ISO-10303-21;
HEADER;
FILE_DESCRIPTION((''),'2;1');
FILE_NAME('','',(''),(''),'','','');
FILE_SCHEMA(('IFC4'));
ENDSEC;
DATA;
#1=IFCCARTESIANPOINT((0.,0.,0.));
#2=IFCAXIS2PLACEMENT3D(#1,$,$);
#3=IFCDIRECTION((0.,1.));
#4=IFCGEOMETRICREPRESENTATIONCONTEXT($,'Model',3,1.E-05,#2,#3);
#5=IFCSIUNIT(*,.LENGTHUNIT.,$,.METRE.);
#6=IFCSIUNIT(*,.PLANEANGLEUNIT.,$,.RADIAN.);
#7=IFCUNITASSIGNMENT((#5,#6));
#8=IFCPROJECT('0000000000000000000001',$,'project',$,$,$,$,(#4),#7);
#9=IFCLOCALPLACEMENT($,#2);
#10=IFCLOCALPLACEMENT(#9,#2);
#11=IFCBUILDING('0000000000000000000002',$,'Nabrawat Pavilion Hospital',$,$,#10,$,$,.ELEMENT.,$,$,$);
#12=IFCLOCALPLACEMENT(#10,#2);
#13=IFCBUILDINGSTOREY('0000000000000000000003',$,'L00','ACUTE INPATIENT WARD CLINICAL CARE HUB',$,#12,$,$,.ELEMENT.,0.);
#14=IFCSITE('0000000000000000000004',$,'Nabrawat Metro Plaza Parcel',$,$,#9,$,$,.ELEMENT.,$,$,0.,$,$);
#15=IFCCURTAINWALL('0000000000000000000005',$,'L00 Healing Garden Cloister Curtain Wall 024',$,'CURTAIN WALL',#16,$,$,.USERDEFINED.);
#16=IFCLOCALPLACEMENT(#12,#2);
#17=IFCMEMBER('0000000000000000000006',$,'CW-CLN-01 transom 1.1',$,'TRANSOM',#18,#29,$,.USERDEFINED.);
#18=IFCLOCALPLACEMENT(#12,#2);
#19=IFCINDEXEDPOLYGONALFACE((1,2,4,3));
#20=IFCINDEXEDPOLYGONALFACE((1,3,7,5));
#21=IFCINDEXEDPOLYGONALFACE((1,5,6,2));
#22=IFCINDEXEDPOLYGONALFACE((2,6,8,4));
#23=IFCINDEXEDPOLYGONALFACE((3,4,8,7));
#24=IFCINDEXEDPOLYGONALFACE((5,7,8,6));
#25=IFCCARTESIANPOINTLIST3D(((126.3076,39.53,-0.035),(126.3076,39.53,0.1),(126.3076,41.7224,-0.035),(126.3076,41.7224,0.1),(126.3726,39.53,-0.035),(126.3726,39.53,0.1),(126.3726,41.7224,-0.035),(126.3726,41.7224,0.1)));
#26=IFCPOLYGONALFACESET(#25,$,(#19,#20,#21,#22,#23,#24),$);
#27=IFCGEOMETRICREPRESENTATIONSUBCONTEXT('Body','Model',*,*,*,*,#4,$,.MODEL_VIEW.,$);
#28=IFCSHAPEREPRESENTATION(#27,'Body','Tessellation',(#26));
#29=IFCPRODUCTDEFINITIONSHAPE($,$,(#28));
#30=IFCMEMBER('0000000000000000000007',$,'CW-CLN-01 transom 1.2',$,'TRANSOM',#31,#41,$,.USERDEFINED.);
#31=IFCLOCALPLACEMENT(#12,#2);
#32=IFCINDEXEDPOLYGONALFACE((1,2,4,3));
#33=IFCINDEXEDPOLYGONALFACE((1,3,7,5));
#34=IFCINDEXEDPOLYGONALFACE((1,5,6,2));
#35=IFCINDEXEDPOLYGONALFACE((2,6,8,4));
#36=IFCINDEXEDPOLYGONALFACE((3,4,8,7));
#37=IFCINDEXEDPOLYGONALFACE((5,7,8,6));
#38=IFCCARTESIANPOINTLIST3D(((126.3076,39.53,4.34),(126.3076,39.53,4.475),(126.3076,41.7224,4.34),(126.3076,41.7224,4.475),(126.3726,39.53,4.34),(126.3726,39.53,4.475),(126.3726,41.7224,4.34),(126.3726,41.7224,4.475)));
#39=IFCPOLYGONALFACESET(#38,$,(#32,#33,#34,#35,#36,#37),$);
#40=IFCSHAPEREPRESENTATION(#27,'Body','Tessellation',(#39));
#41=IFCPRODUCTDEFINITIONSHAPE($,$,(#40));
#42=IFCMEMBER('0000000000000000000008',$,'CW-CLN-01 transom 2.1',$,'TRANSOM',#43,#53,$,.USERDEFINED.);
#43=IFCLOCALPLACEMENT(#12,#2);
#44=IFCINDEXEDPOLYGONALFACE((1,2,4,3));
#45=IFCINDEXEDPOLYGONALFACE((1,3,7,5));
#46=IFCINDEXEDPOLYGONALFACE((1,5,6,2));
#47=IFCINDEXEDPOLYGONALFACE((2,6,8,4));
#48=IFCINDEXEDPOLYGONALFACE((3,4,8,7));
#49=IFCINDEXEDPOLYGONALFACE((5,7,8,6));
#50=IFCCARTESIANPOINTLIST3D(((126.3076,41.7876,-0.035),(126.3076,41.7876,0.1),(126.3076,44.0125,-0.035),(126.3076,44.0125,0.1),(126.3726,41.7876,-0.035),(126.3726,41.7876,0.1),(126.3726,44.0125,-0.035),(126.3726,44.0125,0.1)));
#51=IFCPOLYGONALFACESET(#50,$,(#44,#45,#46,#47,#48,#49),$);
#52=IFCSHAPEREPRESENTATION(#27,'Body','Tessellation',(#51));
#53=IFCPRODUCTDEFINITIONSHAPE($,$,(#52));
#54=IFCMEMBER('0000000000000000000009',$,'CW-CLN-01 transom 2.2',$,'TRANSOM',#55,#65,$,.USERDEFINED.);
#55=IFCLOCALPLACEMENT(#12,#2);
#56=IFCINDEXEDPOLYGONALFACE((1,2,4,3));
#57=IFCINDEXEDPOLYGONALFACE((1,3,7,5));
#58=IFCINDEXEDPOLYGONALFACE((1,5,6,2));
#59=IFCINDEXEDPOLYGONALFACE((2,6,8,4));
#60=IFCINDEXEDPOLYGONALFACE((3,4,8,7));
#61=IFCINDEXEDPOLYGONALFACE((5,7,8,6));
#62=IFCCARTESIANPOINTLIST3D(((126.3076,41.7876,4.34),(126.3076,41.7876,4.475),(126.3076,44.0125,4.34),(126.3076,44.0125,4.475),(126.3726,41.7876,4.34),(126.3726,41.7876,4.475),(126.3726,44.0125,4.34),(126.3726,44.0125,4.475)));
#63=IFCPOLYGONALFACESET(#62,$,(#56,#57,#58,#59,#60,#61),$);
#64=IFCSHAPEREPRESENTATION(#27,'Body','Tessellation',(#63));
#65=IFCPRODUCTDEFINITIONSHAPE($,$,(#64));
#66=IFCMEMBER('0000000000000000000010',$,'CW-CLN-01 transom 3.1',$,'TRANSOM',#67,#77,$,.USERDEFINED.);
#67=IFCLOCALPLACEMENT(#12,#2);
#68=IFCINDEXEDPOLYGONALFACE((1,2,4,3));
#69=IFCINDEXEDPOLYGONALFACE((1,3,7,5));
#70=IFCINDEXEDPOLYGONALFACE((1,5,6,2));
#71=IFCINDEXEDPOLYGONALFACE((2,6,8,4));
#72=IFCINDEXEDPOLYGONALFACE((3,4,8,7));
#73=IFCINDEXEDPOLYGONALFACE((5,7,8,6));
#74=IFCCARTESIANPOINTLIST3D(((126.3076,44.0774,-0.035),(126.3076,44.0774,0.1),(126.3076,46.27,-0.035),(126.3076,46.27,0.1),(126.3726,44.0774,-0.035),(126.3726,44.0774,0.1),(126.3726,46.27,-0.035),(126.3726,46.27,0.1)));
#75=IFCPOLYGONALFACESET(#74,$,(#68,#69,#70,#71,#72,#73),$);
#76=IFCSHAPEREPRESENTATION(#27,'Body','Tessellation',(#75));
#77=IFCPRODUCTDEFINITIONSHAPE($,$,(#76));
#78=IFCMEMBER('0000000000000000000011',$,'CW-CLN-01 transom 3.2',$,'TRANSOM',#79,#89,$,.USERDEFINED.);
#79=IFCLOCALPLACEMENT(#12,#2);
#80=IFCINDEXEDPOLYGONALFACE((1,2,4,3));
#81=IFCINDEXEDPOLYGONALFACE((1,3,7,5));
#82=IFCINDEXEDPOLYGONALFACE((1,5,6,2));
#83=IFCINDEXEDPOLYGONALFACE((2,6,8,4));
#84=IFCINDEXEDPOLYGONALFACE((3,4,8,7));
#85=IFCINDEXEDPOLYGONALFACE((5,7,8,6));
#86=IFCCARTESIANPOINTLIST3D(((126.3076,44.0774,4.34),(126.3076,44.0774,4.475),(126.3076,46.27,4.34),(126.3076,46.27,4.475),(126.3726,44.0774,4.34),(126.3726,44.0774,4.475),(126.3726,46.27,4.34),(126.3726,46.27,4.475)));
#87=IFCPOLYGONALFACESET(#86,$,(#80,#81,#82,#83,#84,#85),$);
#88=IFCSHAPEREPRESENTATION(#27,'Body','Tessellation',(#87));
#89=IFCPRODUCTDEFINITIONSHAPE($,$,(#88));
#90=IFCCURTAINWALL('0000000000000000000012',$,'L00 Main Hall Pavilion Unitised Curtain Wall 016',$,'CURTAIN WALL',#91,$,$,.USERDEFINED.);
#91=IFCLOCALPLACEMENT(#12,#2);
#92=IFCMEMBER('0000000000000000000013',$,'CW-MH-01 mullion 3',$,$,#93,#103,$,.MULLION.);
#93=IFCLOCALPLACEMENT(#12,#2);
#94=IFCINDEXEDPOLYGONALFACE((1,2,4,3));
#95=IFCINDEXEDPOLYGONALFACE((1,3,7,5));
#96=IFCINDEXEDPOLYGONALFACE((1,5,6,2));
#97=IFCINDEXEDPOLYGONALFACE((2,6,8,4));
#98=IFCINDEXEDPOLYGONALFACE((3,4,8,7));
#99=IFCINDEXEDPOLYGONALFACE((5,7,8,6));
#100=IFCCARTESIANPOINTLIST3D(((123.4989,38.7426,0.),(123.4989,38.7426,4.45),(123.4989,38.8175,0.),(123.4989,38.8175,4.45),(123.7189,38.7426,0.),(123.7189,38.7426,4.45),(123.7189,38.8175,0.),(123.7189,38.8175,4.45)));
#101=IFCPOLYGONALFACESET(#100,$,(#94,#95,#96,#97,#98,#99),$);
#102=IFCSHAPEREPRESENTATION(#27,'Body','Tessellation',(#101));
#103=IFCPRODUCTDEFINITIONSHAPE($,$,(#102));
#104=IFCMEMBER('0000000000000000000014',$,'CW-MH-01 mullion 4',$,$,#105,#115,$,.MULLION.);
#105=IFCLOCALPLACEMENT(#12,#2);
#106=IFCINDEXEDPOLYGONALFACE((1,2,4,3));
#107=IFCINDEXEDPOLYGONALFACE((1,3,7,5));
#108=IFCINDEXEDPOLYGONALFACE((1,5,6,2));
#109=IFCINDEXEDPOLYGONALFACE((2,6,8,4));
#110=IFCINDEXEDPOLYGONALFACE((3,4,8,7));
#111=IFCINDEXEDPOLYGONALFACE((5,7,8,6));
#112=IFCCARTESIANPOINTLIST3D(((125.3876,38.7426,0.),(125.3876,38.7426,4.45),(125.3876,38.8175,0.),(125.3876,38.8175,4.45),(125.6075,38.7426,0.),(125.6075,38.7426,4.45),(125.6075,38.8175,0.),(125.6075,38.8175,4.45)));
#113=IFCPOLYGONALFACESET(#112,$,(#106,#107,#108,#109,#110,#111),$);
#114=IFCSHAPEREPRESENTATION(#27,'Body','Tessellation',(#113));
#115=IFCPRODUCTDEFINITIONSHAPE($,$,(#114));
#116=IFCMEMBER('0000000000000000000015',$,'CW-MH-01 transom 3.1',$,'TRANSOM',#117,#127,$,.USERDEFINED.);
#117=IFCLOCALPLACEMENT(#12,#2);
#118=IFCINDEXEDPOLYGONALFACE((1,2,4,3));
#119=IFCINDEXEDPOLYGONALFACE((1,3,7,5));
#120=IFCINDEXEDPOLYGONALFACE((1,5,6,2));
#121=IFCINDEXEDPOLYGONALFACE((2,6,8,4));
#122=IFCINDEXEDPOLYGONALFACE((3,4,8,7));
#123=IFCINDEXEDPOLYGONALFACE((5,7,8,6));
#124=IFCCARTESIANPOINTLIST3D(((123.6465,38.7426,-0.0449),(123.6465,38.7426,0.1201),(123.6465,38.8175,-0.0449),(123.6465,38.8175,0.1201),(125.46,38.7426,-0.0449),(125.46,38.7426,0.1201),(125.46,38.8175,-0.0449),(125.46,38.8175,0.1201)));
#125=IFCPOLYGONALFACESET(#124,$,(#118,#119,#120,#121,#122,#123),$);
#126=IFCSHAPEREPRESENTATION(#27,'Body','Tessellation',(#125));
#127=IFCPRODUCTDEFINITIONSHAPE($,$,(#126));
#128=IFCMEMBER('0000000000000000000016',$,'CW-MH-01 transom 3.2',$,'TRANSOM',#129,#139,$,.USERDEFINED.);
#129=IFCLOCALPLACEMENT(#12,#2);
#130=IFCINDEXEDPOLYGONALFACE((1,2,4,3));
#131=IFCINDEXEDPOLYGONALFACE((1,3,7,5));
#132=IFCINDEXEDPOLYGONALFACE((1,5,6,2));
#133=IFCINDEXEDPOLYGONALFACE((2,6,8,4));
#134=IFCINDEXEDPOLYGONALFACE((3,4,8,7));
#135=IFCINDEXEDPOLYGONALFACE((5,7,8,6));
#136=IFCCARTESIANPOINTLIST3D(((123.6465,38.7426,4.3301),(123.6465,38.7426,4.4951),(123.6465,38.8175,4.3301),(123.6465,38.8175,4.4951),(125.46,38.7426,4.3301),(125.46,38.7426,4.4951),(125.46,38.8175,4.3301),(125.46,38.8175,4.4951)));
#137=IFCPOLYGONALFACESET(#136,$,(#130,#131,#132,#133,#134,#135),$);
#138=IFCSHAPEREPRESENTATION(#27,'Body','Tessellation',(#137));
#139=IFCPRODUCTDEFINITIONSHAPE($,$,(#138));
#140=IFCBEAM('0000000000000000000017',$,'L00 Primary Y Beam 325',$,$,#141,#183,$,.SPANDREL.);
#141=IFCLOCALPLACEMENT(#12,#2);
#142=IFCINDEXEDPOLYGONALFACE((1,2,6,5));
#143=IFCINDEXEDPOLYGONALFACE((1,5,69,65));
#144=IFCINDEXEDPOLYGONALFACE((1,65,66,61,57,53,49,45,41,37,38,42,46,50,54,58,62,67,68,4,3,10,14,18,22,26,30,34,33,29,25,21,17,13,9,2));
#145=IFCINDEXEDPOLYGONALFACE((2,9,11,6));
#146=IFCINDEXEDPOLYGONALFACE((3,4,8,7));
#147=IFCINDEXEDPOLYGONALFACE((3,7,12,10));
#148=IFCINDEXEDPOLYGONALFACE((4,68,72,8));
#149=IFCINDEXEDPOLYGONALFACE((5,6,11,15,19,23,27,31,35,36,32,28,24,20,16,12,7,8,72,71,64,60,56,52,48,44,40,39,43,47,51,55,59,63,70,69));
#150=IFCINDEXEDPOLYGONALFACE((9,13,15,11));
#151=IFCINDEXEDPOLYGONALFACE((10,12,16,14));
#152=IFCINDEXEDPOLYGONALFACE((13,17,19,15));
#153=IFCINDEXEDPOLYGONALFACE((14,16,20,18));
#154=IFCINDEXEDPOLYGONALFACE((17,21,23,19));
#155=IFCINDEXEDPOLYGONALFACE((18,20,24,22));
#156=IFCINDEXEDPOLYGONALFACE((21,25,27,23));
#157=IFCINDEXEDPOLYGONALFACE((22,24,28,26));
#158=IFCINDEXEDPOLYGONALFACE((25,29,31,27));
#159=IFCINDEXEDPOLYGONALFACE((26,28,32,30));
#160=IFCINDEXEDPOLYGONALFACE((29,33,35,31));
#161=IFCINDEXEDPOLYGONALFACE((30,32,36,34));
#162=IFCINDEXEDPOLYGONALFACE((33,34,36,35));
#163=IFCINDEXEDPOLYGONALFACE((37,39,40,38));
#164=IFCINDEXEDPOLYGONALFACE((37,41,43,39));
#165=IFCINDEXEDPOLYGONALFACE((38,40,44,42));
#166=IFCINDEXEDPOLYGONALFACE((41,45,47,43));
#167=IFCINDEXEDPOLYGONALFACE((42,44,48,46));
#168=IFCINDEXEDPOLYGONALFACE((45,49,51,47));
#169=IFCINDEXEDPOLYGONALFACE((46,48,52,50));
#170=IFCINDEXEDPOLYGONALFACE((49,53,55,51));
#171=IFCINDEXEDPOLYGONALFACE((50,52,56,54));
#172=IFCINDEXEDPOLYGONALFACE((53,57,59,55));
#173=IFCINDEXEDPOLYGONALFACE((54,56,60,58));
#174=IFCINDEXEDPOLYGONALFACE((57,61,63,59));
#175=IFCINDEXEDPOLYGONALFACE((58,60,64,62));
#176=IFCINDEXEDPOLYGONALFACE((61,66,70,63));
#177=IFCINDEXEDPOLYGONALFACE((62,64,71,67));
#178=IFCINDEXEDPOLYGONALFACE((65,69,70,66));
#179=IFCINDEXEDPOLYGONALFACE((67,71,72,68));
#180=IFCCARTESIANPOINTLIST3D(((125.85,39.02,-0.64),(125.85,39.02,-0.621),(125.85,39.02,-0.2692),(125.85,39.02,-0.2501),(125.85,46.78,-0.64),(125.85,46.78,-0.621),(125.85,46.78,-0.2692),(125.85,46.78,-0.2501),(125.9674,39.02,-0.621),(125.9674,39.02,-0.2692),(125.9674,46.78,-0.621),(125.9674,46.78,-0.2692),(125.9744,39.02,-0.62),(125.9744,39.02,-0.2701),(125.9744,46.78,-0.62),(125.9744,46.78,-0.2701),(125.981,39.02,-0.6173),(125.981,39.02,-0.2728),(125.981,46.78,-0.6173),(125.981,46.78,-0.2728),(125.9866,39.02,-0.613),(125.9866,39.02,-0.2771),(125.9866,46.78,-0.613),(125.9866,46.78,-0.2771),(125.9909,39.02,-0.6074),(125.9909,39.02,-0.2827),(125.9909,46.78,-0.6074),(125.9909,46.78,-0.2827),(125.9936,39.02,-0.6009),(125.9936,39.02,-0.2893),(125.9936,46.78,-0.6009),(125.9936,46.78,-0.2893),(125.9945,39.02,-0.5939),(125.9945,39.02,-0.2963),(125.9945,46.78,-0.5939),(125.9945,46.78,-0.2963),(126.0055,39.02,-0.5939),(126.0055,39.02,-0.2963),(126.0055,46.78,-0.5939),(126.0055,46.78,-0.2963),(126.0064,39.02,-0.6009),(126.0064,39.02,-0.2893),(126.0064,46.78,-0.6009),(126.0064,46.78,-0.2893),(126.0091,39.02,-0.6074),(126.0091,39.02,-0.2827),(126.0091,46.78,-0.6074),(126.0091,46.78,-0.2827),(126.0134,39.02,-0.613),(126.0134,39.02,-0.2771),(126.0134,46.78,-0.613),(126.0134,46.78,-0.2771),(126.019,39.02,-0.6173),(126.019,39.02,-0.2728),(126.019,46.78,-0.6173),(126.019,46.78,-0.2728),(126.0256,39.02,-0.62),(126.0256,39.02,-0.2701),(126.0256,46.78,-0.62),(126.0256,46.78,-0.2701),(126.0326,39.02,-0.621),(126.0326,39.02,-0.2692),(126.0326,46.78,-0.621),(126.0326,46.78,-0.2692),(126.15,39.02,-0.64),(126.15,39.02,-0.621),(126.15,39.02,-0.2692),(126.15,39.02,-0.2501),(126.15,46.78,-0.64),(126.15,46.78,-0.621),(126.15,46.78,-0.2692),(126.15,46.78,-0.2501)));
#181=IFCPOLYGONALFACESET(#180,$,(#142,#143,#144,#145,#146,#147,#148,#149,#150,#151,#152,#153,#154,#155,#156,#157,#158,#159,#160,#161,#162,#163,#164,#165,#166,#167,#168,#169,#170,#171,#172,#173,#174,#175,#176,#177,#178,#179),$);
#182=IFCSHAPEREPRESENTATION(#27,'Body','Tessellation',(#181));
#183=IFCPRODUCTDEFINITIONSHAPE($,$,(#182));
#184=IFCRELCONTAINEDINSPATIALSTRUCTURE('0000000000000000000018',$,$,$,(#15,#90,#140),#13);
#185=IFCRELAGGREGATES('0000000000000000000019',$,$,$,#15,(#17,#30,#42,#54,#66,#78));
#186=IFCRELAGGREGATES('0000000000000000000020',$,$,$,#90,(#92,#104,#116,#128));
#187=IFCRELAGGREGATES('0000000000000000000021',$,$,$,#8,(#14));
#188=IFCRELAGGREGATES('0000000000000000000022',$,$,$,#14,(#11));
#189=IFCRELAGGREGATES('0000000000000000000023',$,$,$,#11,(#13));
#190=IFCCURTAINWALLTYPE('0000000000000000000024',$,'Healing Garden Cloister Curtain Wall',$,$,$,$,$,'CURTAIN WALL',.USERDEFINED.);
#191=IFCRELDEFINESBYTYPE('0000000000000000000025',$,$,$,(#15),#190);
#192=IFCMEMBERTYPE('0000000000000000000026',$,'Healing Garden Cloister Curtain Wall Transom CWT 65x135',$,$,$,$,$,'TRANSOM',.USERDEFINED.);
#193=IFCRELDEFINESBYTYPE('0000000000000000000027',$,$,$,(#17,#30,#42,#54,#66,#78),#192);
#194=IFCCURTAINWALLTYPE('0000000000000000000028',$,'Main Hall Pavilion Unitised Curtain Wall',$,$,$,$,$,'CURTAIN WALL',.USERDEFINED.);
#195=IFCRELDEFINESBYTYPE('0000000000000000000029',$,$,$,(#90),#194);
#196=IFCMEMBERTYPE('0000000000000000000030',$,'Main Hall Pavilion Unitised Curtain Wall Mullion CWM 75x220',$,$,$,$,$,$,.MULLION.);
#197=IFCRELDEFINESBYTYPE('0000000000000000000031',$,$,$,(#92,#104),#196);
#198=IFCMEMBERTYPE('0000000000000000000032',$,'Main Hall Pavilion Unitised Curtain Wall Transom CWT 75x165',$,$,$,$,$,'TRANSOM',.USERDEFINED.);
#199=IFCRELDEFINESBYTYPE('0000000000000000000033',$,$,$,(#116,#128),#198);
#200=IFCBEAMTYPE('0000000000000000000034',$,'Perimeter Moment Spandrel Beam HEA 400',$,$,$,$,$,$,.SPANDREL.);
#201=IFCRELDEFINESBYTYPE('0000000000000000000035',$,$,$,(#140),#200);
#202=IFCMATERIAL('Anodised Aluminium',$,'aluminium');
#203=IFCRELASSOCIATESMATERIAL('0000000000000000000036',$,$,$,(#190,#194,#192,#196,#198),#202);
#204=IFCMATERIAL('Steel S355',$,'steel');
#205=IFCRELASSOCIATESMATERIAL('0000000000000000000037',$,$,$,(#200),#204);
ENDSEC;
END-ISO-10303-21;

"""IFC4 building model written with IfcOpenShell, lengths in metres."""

from ifc_helpers import new_model, si_unit, direction, frame, origin, origin_2d, place, context, subcontext, project, spatial, rectangle, i_section, extrude, material, material_profile, profile_set, type_object, element, aggregate, save


model = new_model("IFC4")

# Units and contexts
model_context = context("Model", 3, precision=1e-05, world=origin(), true_north=direction((0.0, 1.0)))
body_context = subcontext(model_context, "Body", "Model", "MODEL_VIEW")
ifc_project = project(units=[si_unit("LENGTHUNIT", "METRE"), si_unit("PLANEANGLEUNIT", "RADIAN")], contexts=[model_context])

# Site, building, storey
site_placement = place(None, origin())
site = spatial("IfcSite", under=ifc_project, at=site_placement, Name="Nabrawat Metro Plaza Parcel", CompositionType="ELEMENT", RefElevation=0.0)
building_placement = place(site_placement, origin())
building = spatial("IfcBuilding", under=site, at=building_placement, Name="Nabrawat Pavilion Hospital", CompositionType="ELEMENT")
storey_placement = place(building_placement, origin())
storey = spatial("IfcBuildingStorey", under=building, at=storey_placement, Name="L00", Description="ACUTE INPATIENT WARD CLINICAL CARE HUB", CompositionType="ELEMENT", Elevation=0.0)

# Shared definitions
ifc_material_1 = material(Name="Steel S355", Category="steel")

# Curtain walls, members
ifc_material_2 = material(Name="Anodised Aluminium", Category="aluminium")
curtain_wall_type_1 = type_object("IfcCurtainWallType", Name="Healing Garden Cloister Curtain Wall", ElementType="CURTAIN WALL", PredefinedType="USERDEFINED", material=ifc_material_2)
curtain_wall_1_placement = place(storey_placement, origin())
curtain_wall_1 = element("IfcCurtainWall", 1, at=curtain_wall_1_placement, inside=storey, type_object=curtain_wall_type_1, Name="L00 Healing Garden Cloister Curtain Wall 024", ObjectType="CURTAIN WALL", PredefinedType="USERDEFINED")
ifc_material_profile_1 = material_profile(ifc_material_2, rectangle(XDim=0.0649, YDim=0.135, at=origin_2d()), Name="CWT 65x135")
ifc_profile_set_1 = profile_set([ifc_material_profile_1], Name="Anodised Aluminium")
member_type_1 = type_object("IfcMemberType", Name="Healing Garden Cloister Curtain Wall Transom CWT 65x135", ElementType="TRANSOM", PredefinedType="USERDEFINED", material=ifc_profile_set_1)
member_1_placement = place(storey_placement, frame((126.3401, 39.53, 0.0325), z_axis=(0.0, 1.0, 0.0), x_axis=(-1.0, 0.0, 0.0)))
member_1 = element("IfcMember", 2, at=member_1_placement, type_object=member_type_1, Name="CW-CLN-01 transom 1.1", ObjectType="TRANSOM", PredefinedType="USERDEFINED", context=body_context, shape_type="SweptSolid", body=[
    extrude(rectangle(XDim=0.0649, YDim=0.135, at=origin_2d()), origin(), (0.0, 0.0, 1.0), 2.1924),
])
member_2_placement = place(storey_placement, frame((126.3401, 39.53, 4.4075), z_axis=(0.0, 1.0, 0.0), x_axis=(-1.0, 0.0, 0.0)))
member_2 = element("IfcMember", 3, at=member_2_placement, type_object=member_type_1, Name="CW-CLN-01 transom 1.2", ObjectType="TRANSOM", PredefinedType="USERDEFINED", context=body_context, shape_type="SweptSolid", body=[
    extrude(rectangle(XDim=0.0649, YDim=0.135, at=origin_2d()), origin(), (0.0, 0.0, 1.0), 2.1924),
])
member_3_placement = place(storey_placement, frame((126.3401, 41.7876, 0.0325), z_axis=(0.0, 1.0, 0.0), x_axis=(-1.0, 0.0, 0.0)))
member_3 = element("IfcMember", 4, at=member_3_placement, type_object=member_type_1, Name="CW-CLN-01 transom 2.1", ObjectType="TRANSOM", PredefinedType="USERDEFINED", context=body_context, shape_type="SweptSolid", body=[
    extrude(rectangle(XDim=0.0649, YDim=0.135, at=origin_2d()), origin(), (0.0, 0.0, 1.0), 2.2249),
])
member_4_placement = place(storey_placement, frame((126.3401, 41.7876, 4.4075), z_axis=(0.0, 1.0, 0.0), x_axis=(-1.0, 0.0, 0.0)))
member_4 = element("IfcMember", 5, at=member_4_placement, type_object=member_type_1, Name="CW-CLN-01 transom 2.2", ObjectType="TRANSOM", PredefinedType="USERDEFINED", context=body_context, shape_type="SweptSolid", body=[
    extrude(rectangle(XDim=0.0649, YDim=0.135, at=origin_2d()), origin(), (0.0, 0.0, 1.0), 2.2249),
])
member_5_placement = place(storey_placement, frame((126.3401, 44.0774, 0.0325), z_axis=(0.0, 1.0, 0.0), x_axis=(-1.0, 0.0, 0.0)))
member_5 = element("IfcMember", 6, at=member_5_placement, type_object=member_type_1, Name="CW-CLN-01 transom 3.1", ObjectType="TRANSOM", PredefinedType="USERDEFINED", context=body_context, shape_type="SweptSolid", body=[
    extrude(rectangle(XDim=0.0649, YDim=0.135, at=origin_2d()), origin(), (0.0, 0.0, 1.0), 2.1926),
])
member_6_placement = place(storey_placement, frame((126.3401, 44.0774, 4.4075), z_axis=(0.0, 1.0, 0.0), x_axis=(-1.0, 0.0, 0.0)))
member_6 = element("IfcMember", 7, at=member_6_placement, type_object=member_type_1, Name="CW-CLN-01 transom 3.2", ObjectType="TRANSOM", PredefinedType="USERDEFINED", context=body_context, shape_type="SweptSolid", body=[
    extrude(rectangle(XDim=0.0649, YDim=0.135, at=origin_2d()), origin(), (0.0, 0.0, 1.0), 2.1926),
])
curtain_wall_type_2 = type_object("IfcCurtainWallType", Name="Main Hall Pavilion Unitised Curtain Wall", ElementType="CURTAIN WALL", PredefinedType="USERDEFINED", material=ifc_material_2)
curtain_wall_2_placement = place(storey_placement, origin())
curtain_wall_2 = element("IfcCurtainWall", 8, at=curtain_wall_2_placement, inside=storey, type_object=curtain_wall_type_2, Name="L00 Main Hall Pavilion Unitised Curtain Wall 016", ObjectType="CURTAIN WALL", PredefinedType="USERDEFINED")
ifc_material_profile_2 = material_profile(ifc_material_2, rectangle(XDim=0.075, YDim=0.22, at=origin_2d()), Name="CWM 75x220")
ifc_profile_set_2 = profile_set([ifc_material_profile_2], Name="Anodised Aluminium")
member_type_2 = type_object("IfcMemberType", Name="Main Hall Pavilion Unitised Curtain Wall Mullion CWM 75x220", PredefinedType="MULLION", material=ifc_profile_set_2)
member_7_placement = place(storey_placement, frame((123.6089, 38.78, 0.0), z_axis=(0.0, 0.0, 1.0), x_axis=(0.0, 1.0, 0.0)))
member_7 = element("IfcMember", 9, at=member_7_placement, type_object=member_type_2, Name="CW-MH-01 mullion 3", PredefinedType="MULLION", context=body_context, shape_type="SweptSolid", body=[
    extrude(rectangle(XDim=0.075, YDim=0.22, at=origin_2d()), origin(), (0.0, 0.0, 1.0), 4.45),
])
member_8_placement = place(storey_placement, frame((125.4976, 38.78, 0.0), z_axis=(0.0, 0.0, 1.0), x_axis=(0.0, 1.0, 0.0)))
member_8 = element("IfcMember", 10, at=member_8_placement, type_object=member_type_2, Name="CW-MH-01 mullion 4", PredefinedType="MULLION", context=body_context, shape_type="SweptSolid", body=[
    extrude(rectangle(XDim=0.075, YDim=0.22, at=origin_2d()), origin(), (0.0, 0.0, 1.0), 4.45),
])
ifc_material_profile_3 = material_profile(ifc_material_2, rectangle(XDim=0.075, YDim=0.165, at=origin_2d()), Name="CWT 75x165")
ifc_profile_set_3 = profile_set([ifc_material_profile_3], Name="Anodised Aluminium")
member_type_3 = type_object("IfcMemberType", Name="Main Hall Pavilion Unitised Curtain Wall Transom CWT 75x165", ElementType="TRANSOM", PredefinedType="USERDEFINED", material=ifc_profile_set_3)
member_9_placement = place(storey_placement, frame((123.6465, 38.78, 0.0376), z_axis=(1.0, 0.0, 0.0), x_axis=(0.0, 1.0, 0.0)))
member_9 = element("IfcMember", 11, at=member_9_placement, type_object=member_type_3, Name="CW-MH-01 transom 3.1", ObjectType="TRANSOM", PredefinedType="USERDEFINED", context=body_context, shape_type="SweptSolid", body=[
    extrude(rectangle(XDim=0.075, YDim=0.165, at=origin_2d()), origin(), (0.0, 0.0, 1.0), 1.8135),
])
member_10_placement = place(storey_placement, frame((123.6465, 38.78, 4.4126), z_axis=(1.0, 0.0, 0.0), x_axis=(0.0, 1.0, 0.0)))
member_10 = element("IfcMember", 12, at=member_10_placement, type_object=member_type_3, Name="CW-MH-01 transom 3.2", ObjectType="TRANSOM", PredefinedType="USERDEFINED", context=body_context, shape_type="SweptSolid", body=[
    extrude(rectangle(XDim=0.075, YDim=0.165, at=origin_2d()), origin(), (0.0, 0.0, 1.0), 1.8135),
])

# Beam
ifc_material_profile_4 = material_profile(ifc_material_1, i_section(OverallWidth=0.3, OverallDepth=0.3899, WebThickness=0.011, FlangeThickness=0.019, FilletRadius=0.0271, at=origin_2d()), Name="HEA 400")
ifc_profile_set_4 = profile_set([ifc_material_profile_4], Name="Steel S355")
beam_type_1 = type_object("IfcBeamType", Name="Perimeter Moment Spandrel Beam HEA 400", PredefinedType="SPANDREL", material=ifc_profile_set_4)
for number, where, z_axis, x_axis, name in (
    (13, (126.0, 39.02, -0.4451), (0.0, 1.0, 0.0), (-1.0, 0.0, 0.0), "L00 Primary Y Beam 325"),
):
    element("IfcBeam", number, at=place(storey_placement, frame(where, z_axis=z_axis, x_axis=x_axis)), inside=storey, type_object=beam_type_1, Name=name, PredefinedType="SPANDREL", context=body_context, shape_type="SweptSolid", body=[
        extrude(i_section(OverallWidth=0.3, OverallDepth=0.3899, WebThickness=0.011, FlangeThickness=0.019, FilletRadius=0.0271, at=origin_2d()), origin(), (0.0, 0.0, 1.0), 7.76),
    ])

aggregate(curtain_wall_1, [member_1, member_2, member_3, member_4, member_5, member_6])
aggregate(curtain_wall_2, [member_7, member_8, member_9, member_10])

save(model, "model.ifc")
